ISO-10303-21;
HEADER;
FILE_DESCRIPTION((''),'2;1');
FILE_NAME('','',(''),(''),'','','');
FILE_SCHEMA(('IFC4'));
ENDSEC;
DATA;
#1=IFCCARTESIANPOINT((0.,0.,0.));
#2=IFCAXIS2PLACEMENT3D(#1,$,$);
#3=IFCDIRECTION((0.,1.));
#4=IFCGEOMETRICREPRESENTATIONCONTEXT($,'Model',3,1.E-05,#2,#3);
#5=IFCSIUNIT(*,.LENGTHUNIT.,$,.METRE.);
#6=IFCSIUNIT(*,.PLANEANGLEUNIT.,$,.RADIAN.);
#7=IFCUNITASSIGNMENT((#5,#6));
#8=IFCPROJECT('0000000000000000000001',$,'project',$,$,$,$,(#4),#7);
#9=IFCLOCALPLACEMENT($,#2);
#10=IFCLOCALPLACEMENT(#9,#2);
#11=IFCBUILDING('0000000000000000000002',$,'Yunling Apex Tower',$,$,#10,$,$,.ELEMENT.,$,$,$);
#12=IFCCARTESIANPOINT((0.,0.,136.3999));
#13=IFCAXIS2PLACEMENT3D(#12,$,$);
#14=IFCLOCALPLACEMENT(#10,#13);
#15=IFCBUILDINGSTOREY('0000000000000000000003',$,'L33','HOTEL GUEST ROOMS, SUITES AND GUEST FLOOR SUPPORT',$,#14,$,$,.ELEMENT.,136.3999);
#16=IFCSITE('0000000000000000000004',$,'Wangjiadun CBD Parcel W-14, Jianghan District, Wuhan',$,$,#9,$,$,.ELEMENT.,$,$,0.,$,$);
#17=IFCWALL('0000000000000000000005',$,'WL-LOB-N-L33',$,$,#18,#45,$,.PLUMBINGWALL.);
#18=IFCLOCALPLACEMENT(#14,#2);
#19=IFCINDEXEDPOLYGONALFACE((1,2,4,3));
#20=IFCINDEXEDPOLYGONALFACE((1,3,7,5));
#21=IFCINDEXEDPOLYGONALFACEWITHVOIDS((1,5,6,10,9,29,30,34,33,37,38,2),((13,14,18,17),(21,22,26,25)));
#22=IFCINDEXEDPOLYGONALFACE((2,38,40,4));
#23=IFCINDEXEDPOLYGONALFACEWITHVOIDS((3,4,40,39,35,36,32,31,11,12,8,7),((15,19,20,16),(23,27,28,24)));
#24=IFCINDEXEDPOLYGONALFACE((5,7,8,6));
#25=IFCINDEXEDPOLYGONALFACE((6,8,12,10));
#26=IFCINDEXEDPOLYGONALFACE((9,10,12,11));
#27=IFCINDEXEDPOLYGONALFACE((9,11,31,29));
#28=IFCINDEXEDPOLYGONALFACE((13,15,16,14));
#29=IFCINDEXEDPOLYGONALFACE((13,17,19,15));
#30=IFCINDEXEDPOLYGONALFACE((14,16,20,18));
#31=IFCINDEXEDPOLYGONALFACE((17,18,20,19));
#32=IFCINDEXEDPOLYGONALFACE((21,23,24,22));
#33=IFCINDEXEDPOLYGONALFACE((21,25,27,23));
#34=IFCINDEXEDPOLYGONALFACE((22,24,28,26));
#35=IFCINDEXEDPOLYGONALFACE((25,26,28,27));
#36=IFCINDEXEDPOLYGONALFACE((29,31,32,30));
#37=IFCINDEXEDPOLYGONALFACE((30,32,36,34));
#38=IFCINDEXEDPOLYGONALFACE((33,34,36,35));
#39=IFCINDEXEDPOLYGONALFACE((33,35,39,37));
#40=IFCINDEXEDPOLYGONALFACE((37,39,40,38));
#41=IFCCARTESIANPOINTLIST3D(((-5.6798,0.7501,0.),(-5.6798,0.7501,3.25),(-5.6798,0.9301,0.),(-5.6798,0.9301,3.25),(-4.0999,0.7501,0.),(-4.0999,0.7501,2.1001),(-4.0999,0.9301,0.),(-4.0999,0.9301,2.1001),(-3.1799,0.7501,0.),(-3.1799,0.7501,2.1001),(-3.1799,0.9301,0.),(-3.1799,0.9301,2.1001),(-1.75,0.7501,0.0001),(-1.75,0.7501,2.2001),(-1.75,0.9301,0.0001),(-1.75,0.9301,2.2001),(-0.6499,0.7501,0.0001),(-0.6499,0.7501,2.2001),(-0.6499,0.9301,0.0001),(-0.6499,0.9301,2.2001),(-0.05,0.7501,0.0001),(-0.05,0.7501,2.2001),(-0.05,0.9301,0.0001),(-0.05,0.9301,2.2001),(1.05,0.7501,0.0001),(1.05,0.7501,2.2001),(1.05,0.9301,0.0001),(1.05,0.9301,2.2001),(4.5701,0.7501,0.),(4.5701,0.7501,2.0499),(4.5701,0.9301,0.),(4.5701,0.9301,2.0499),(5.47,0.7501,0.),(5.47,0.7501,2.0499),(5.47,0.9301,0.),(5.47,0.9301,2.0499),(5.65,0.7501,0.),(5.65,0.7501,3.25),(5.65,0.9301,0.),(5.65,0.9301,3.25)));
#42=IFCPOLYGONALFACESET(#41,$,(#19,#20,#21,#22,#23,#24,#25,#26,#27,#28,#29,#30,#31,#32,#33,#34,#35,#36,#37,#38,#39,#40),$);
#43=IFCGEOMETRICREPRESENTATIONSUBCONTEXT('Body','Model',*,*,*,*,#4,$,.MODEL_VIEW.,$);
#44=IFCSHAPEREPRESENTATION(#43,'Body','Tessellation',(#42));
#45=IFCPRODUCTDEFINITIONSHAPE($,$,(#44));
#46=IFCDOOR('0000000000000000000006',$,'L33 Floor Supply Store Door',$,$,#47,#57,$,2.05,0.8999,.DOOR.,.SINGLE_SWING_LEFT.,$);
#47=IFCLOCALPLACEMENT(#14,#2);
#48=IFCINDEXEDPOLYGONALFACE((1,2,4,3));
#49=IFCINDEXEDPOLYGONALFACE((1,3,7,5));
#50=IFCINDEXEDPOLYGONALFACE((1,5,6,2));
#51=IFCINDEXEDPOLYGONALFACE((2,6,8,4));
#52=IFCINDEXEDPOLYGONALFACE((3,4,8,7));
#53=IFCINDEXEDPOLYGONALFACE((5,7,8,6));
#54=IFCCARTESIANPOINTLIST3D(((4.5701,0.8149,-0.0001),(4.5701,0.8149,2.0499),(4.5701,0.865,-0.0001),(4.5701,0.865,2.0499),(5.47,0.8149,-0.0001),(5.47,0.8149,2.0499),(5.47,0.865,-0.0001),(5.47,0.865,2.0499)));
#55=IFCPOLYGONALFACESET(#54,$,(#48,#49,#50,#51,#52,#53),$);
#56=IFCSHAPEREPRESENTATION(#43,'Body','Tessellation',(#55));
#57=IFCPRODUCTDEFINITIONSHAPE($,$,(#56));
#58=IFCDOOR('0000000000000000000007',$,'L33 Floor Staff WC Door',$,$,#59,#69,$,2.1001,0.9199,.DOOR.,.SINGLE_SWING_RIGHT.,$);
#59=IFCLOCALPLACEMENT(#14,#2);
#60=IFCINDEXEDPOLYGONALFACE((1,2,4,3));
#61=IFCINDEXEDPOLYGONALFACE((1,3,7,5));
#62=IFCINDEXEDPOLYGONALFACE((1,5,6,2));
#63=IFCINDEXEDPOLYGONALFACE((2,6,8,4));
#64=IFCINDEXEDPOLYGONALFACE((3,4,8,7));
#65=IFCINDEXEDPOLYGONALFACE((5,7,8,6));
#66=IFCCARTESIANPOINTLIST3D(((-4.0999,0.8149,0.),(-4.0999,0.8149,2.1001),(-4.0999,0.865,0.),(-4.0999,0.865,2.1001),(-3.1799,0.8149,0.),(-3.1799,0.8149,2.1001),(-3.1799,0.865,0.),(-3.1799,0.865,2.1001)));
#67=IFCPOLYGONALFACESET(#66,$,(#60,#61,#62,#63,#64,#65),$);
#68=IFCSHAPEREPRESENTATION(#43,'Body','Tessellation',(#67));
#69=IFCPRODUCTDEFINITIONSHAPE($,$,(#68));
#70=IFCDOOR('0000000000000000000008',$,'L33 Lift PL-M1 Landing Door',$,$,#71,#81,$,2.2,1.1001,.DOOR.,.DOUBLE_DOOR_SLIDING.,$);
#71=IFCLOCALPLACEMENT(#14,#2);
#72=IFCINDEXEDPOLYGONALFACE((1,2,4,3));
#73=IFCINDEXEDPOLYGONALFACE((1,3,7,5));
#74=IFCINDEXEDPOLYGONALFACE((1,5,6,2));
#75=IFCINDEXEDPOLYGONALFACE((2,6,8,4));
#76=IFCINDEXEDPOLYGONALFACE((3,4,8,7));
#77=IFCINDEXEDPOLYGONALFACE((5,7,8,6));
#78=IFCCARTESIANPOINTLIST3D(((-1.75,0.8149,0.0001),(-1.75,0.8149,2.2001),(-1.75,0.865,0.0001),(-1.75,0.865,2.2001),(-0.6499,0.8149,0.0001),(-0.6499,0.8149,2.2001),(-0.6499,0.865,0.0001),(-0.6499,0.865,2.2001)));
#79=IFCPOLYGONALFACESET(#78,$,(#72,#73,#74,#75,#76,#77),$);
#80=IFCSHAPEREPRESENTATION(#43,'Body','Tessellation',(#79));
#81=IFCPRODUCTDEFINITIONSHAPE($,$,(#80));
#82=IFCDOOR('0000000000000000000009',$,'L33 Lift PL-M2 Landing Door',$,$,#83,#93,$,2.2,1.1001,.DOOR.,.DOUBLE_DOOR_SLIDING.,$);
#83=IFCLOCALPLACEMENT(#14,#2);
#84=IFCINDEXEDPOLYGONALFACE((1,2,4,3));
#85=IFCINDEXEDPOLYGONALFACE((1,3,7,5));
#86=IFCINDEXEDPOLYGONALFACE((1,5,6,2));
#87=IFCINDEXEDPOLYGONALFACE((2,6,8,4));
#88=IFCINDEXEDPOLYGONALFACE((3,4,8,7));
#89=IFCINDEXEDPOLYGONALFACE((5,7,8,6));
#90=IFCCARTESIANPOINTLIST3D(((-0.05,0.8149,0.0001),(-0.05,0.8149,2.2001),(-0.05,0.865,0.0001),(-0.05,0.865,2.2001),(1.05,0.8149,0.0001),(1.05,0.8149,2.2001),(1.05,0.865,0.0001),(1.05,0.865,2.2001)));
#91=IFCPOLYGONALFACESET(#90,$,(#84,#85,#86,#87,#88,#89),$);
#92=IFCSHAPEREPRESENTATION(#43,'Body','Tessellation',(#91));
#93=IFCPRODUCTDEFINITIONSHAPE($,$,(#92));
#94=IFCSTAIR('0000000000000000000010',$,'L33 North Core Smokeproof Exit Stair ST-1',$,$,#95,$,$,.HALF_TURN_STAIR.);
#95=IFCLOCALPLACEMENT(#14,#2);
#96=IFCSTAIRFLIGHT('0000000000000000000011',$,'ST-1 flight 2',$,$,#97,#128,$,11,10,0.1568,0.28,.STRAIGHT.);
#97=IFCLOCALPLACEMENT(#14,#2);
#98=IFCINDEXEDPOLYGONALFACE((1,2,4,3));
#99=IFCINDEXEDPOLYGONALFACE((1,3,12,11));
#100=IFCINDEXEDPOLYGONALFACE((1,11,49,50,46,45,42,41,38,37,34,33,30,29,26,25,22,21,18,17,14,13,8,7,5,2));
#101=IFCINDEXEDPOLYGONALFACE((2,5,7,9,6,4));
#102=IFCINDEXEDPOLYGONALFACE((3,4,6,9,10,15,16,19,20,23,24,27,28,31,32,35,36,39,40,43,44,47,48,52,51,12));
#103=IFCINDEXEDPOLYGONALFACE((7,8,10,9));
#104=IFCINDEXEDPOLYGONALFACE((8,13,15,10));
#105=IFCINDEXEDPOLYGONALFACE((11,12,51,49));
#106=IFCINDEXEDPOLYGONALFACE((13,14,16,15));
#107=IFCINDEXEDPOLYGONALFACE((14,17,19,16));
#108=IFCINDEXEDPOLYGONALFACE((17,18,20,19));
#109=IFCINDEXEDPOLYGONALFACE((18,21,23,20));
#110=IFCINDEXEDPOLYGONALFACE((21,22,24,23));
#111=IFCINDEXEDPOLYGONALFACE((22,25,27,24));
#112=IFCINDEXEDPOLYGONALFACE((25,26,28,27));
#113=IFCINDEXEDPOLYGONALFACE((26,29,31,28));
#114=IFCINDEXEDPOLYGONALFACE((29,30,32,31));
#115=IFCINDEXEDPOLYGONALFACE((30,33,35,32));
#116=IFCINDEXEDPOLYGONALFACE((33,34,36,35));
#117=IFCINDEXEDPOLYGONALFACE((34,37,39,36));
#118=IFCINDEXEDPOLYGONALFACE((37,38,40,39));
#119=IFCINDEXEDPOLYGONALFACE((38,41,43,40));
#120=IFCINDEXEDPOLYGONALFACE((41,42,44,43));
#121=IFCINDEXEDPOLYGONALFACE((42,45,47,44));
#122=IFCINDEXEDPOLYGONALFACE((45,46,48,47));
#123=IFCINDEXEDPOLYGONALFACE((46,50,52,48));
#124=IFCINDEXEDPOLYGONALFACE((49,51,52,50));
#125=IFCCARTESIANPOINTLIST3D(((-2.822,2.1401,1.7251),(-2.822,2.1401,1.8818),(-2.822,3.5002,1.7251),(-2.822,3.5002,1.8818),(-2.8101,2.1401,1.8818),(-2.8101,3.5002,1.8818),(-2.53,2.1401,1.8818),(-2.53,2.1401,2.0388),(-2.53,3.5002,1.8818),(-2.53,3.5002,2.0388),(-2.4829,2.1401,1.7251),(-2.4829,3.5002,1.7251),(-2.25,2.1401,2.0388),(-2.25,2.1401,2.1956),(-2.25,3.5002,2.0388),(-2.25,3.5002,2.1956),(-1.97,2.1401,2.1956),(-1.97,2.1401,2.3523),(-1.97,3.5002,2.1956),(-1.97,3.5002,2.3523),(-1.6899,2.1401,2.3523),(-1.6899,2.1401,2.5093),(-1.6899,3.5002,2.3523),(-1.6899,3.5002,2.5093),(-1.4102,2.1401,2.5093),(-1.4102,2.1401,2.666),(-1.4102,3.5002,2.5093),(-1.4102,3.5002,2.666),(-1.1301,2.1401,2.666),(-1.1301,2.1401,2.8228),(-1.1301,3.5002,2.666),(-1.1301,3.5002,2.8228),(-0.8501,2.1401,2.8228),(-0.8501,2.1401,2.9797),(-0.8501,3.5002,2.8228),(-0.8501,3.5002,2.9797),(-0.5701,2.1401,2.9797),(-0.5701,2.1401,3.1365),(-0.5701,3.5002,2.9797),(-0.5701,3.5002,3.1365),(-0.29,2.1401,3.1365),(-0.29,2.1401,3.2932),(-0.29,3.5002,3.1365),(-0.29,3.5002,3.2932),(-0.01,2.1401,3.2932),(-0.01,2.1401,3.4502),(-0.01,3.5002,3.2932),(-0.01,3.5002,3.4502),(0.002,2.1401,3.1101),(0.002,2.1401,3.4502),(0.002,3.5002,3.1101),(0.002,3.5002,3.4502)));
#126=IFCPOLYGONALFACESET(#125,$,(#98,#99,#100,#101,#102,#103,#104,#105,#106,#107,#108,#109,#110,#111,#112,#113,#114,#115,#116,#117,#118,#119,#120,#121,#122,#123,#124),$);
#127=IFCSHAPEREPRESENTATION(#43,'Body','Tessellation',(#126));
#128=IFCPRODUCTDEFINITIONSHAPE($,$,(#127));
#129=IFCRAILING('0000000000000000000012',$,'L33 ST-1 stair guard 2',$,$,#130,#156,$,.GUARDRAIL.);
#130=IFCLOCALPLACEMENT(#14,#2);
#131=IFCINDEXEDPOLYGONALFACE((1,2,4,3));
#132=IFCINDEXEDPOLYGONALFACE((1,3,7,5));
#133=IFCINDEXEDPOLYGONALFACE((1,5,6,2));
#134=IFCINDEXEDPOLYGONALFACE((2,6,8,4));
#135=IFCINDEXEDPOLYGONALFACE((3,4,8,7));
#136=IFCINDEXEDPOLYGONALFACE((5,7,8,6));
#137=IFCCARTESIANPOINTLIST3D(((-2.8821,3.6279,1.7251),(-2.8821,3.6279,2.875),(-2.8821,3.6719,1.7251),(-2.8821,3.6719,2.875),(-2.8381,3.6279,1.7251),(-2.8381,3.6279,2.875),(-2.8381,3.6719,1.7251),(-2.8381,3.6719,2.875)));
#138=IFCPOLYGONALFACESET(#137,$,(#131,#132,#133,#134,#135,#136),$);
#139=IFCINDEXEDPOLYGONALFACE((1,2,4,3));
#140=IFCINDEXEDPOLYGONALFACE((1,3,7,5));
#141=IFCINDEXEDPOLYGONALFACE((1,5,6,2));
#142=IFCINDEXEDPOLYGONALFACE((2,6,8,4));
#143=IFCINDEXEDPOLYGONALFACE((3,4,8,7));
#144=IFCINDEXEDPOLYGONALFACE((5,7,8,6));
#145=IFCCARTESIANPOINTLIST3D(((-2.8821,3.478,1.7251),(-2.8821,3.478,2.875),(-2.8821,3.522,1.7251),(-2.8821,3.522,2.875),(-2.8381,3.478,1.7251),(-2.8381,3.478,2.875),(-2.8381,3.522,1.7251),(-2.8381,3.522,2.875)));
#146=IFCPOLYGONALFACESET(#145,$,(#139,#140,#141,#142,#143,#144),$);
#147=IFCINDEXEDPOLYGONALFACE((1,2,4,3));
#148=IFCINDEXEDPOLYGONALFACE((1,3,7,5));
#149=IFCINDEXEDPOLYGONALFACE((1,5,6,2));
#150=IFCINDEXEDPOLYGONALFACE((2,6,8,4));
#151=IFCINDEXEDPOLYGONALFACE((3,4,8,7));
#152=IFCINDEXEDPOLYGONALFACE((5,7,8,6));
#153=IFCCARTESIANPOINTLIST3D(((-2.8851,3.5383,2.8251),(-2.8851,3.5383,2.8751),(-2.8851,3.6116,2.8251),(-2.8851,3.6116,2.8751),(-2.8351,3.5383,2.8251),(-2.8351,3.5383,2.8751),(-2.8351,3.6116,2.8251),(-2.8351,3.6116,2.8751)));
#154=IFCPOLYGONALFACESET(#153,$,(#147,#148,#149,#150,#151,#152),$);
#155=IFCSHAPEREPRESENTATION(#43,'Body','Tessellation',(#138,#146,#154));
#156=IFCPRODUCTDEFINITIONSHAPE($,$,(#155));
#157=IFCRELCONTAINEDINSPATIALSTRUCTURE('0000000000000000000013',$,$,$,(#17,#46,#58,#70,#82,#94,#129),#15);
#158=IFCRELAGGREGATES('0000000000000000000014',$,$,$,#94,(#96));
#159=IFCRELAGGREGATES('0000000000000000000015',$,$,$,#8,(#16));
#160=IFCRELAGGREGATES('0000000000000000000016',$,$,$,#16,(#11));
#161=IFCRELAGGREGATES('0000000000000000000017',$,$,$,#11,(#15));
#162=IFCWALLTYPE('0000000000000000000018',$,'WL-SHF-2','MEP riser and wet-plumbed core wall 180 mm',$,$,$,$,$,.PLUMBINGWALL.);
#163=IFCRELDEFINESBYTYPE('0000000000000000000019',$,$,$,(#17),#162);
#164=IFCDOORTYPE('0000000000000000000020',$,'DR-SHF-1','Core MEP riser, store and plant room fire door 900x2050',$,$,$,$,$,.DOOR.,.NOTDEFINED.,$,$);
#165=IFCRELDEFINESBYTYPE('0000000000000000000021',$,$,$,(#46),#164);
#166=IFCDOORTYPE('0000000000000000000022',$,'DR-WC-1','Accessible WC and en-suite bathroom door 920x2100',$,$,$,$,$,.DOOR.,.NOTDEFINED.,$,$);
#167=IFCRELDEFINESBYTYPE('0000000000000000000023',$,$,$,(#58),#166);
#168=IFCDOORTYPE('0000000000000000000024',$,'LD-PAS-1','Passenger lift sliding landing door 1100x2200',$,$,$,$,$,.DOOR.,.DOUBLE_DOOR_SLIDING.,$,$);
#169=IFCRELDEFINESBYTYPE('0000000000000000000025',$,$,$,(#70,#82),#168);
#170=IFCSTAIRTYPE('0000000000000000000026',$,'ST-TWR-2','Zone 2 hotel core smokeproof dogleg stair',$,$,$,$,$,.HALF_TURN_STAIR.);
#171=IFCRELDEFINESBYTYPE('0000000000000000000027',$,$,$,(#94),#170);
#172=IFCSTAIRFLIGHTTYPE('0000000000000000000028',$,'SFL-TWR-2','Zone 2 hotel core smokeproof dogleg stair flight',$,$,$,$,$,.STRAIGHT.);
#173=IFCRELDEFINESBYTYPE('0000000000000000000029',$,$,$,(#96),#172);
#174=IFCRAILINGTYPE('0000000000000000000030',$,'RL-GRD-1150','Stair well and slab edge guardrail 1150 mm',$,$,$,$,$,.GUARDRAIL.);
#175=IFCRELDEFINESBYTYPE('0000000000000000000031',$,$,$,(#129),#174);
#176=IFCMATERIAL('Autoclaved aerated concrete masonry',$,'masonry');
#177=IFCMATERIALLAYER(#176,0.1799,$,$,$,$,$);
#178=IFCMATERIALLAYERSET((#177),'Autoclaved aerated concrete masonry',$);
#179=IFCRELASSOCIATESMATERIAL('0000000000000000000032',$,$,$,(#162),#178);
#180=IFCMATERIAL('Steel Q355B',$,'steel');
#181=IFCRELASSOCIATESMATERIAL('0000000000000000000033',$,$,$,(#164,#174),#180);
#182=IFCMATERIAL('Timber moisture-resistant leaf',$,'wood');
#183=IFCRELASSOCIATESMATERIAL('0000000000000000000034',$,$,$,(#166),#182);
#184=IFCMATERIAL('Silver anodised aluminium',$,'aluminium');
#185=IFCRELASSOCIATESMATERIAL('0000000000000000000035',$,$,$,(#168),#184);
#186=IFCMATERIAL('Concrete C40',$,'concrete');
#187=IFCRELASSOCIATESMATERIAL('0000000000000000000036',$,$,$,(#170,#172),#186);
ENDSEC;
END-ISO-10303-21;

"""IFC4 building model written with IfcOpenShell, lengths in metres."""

from ifc_helpers import new_model, si_unit, direction, frame, frame_2d, origin, origin_2d, place, context, subcontext, project, spatial, polyline, rectangle, outline, extrude, material, layer, layer_set, type_object, element, fill, aggregate, save


model = new_model("IFC4")

# Units and contexts
model_context = context("Model", 3, precision=1e-05, world=origin(), true_north=direction((0.0, 1.0)))
body_context = subcontext(model_context, "Body", "Model", "MODEL_VIEW")
ifc_project = project(units=[si_unit("LENGTHUNIT", "METRE"), si_unit("PLANEANGLEUNIT", "RADIAN")], contexts=[model_context])

# Site, building, storey
site_placement = place(None, origin())
site = spatial("IfcSite", under=ifc_project, at=site_placement, Name="Wangjiadun CBD Parcel W-14, Jianghan District, Wuhan", CompositionType="ELEMENT", RefElevation=0.0)
building_placement = place(site_placement, origin())
building = spatial("IfcBuilding", under=site, at=building_placement, Name="Yunling Apex Tower", CompositionType="ELEMENT")
storey_placement = place(building_placement, frame((0.0, 0.0, 136.3999)))
storey = spatial("IfcBuildingStorey", under=building, at=storey_placement, Name="L33", Description="HOTEL GUEST ROOMS, SUITES AND GUEST FLOOR SUPPORT", CompositionType="ELEMENT", Elevation=136.3999)

# Shared definitions
ifc_material_1 = material(Name="Steel Q355B", Category="steel")

# Shared definitions
ifc_material_2 = material(Name="Concrete C40", Category="concrete")
ifc_material_3 = material(Name="Autoclaved aerated concrete masonry", Category="masonry")
ifc_layer_1 = layer(ifc_material_3, 0.1799)
ifc_layer_set_1 = layer_set([ifc_layer_1], Name="Autoclaved aerated concrete masonry")
wall_type_1 = type_object("IfcWallType", Name="WL-SHF-2", Description="MEP riser and wet-plumbed core wall 180 mm", PredefinedType="PLUMBINGWALL", material=ifc_layer_set_1)

# Wall, openings, doors
wall_1_placement = place(storey_placement, frame((-5.6799, 0.8401, 0.0), z_axis=(0.0, 0.0, 1.0), x_axis=(1.0, 0.0, 0.0)))
wall_1 = element("IfcWall", 1, at=wall_1_placement, inside=storey, type_object=wall_type_1, Name="WL-LOB-N-L33", PredefinedType="PLUMBINGWALL", context=body_context, shape_type="SweptSolid", body=[
    extrude(rectangle(XDim=11.3298, YDim=0.1799, at=frame_2d((5.665, 0.0))), origin(), (0.0, 0.0, 1.0), 3.25),
])
opening_1_placement = place(wall_1_placement, frame((1.5801, 0.0, 0.0)))
opening_1 = element("IfcOpeningElement", 2, at=opening_1_placement, cuts=wall_1, PredefinedType="OPENING", context=body_context, shape_type="SweptSolid", body=[
    extrude(rectangle(XDim=0.9199, YDim=2.1001, at=frame_2d((0.46, 1.05))), frame((0.0, 0.1001, 0.0), z_axis=(0.0, -1.0, 0.0), x_axis=(1.0, 0.0, 0.0)), (0.0, 0.0, 1.0), 0.2),
])
opening_2_placement = place(wall_1_placement, frame((3.9299, 0.0, 0.0)))
opening_2 = element("IfcOpeningElement", 3, at=opening_2_placement, cuts=wall_1, PredefinedType="OPENING", context=body_context, shape_type="SweptSolid", body=[
    extrude(rectangle(XDim=1.1001, YDim=2.2, at=frame_2d((0.55, 1.1001))), frame((0.0, 0.1001, 0.0), z_axis=(0.0, -1.0, 0.0), x_axis=(1.0, 0.0, 0.0)), (0.0, 0.0, 1.0), 0.2),
])
opening_3_placement = place(wall_1_placement, frame((5.6299, 0.0, 0.0)))
opening_3 = element("IfcOpeningElement", 4, at=opening_3_placement, cuts=wall_1, PredefinedType="OPENING", context=body_context, shape_type="SweptSolid", body=[
    extrude(rectangle(XDim=1.1001, YDim=2.2, at=frame_2d((0.55, 1.1001))), frame((0.0, 0.1001, 0.0), z_axis=(0.0, -1.0, 0.0), x_axis=(1.0, 0.0, 0.0)), (0.0, 0.0, 1.0), 0.2),
])
opening_4_placement = place(wall_1_placement, frame((10.25, 0.0, 0.0)))
opening_4 = element("IfcOpeningElement", 5, at=opening_4_placement, cuts=wall_1, PredefinedType="OPENING", context=body_context, shape_type="SweptSolid", body=[
    extrude(rectangle(XDim=0.8999, YDim=2.05, at=frame_2d((0.45, 1.0249))), frame((0.0, 0.1001, 0.0), z_axis=(0.0, -1.0, 0.0), x_axis=(1.0, 0.0, 0.0)), (0.0, 0.0, 1.0), 0.2),
])
door_type_1 = type_object("IfcDoorType", Name="DR-SHF-1", Description="Core MEP riser, store and plant room fire door 900x2050", OperationType="NOTDEFINED", PredefinedType="DOOR", material=ifc_material_1)
door_1_placement = place(opening_4_placement, origin())
door_1 = element("IfcDoor", 6, at=door_1_placement, inside=storey, type_object=door_type_1, Name="L33 Floor Supply Store Door", OperationType="SINGLE_SWING_LEFT", OverallHeight=2.05, OverallWidth=0.8999, PredefinedType="DOOR", context=body_context, shape_type="SweptSolid", body=[
    extrude(rectangle(XDim=0.8999, YDim=2.05, at=frame_2d((0.45, 1.0249))), frame((0.0, 0.0249, 0.0), z_axis=(0.0, -1.0, 0.0), x_axis=(1.0, 0.0, 0.0)), (0.0, 0.0, 1.0), 0.05),
])
fill(opening_4, door_1)
ifc_material_4 = material(Name="Timber moisture-resistant leaf", Category="wood")
door_type_2 = type_object("IfcDoorType", Name="DR-WC-1", Description="Accessible WC and en-suite bathroom door 920x2100", OperationType="NOTDEFINED", PredefinedType="DOOR", material=ifc_material_4)
door_2_placement = place(opening_1_placement, origin())
door_2 = element("IfcDoor", 7, at=door_2_placement, inside=storey, type_object=door_type_2, Name="L33 Floor Staff WC Door", OperationType="SINGLE_SWING_RIGHT", OverallHeight=2.1001, OverallWidth=0.9199, PredefinedType="DOOR", context=body_context, shape_type="SweptSolid", body=[
    extrude(rectangle(XDim=0.9199, YDim=2.1001, at=frame_2d((0.46, 1.05))), frame((0.0, 0.0249, 0.0), z_axis=(0.0, -1.0, 0.0), x_axis=(1.0, 0.0, 0.0)), (0.0, 0.0, 1.0), 0.05),
])
fill(opening_1, door_2)
ifc_material_5 = material(Name="Silver anodised aluminium", Category="aluminium")
door_type_3 = type_object("IfcDoorType", Name="LD-PAS-1", Description="Passenger lift sliding landing door 1100x2200", OperationType="DOUBLE_DOOR_SLIDING", PredefinedType="DOOR", material=ifc_material_5)
door_3_placement = place(opening_2_placement, origin())
door_3 = element("IfcDoor", 8, at=door_3_placement, inside=storey, type_object=door_type_3, Name="L33 Lift PL-M1 Landing Door", OperationType="DOUBLE_DOOR_SLIDING", OverallHeight=2.2, OverallWidth=1.1001, PredefinedType="DOOR", context=body_context, shape_type="SweptSolid", body=[
    extrude(rectangle(XDim=1.1001, YDim=2.2, at=frame_2d((0.55, 1.1001))), frame((0.0, 0.0249, 0.0), z_axis=(0.0, -1.0, 0.0), x_axis=(1.0, 0.0, 0.0)), (0.0, 0.0, 1.0), 0.05),
])
fill(opening_2, door_3)
door_4_placement = place(opening_3_placement, origin())
door_4 = element("IfcDoor", 9, at=door_4_placement, inside=storey, type_object=door_type_3, Name="L33 Lift PL-M2 Landing Door", OperationType="DOUBLE_DOOR_SLIDING", OverallHeight=2.2, OverallWidth=1.1001, PredefinedType="DOOR", context=body_context, shape_type="SweptSolid", body=[
    extrude(rectangle(XDim=1.1001, YDim=2.2, at=frame_2d((0.55, 1.1001))), frame((0.0, 0.0249, 0.0), z_axis=(0.0, -1.0, 0.0), x_axis=(1.0, 0.0, 0.0)), (0.0, 0.0, 1.0), 0.05),
])
fill(opening_3, door_4)

# Stair, stair flight
stair_type = type_object("IfcStairType", Name="ST-TWR-2", Description="Zone 2 hotel core smokeproof dogleg stair", PredefinedType="HALF_TURN_STAIR", material=ifc_material_2)
stair_placement = place(storey_placement, origin())
stair = element("IfcStair", 10, at=stair_placement, inside=storey, type_object=stair_type, Name="L33 North Core Smokeproof Exit Stair ST-1", PredefinedType="HALF_TURN_STAIR")
stair_flight_type = type_object("IfcStairFlightType", Name="SFL-TWR-2", Description="Zone 2 hotel core smokeproof dogleg stair flight", PredefinedType="STRAIGHT", material=ifc_material_2)
stair_flight_placement = place(storey_placement, frame((-2.8101, 2.8201, 1.7251), z_axis=(0.0, 0.0, 1.0), x_axis=(1.0, 0.0, 0.0)))
stair_flight = element("IfcStairFlight", 11, at=stair_flight_placement, type_object=stair_flight_type, Name="ST-1 flight 2", NumberOfRisers=11, NumberOfTreads=10, PredefinedType="STRAIGHT", RiserHeight=0.1568, TreadLength=0.28, context=body_context, shape_type="SweptSolid", body=[
    extrude(outline(polyline([(-0.012, 0.0), (-0.012, 0.1567), (0.0, 0.1567), (0.28, 0.1567), (0.28, 0.3137), (0.5601, 0.3137), (0.5601, 0.4705), (0.8401, 0.4705), (0.8401, 0.6272), (1.1201, 0.6272), (1.1201, 0.7842), (1.3999, 0.7842), (1.3999, 0.9409), (1.6799, 0.9409), (1.6799, 1.0977), (1.96, 1.0977), (1.96, 1.2546), (2.24, 1.2546), (2.24, 1.4114), (2.52, 1.4114), (2.52, 1.5681), (2.8, 1.5681), (2.8, 1.7251), (2.812, 1.7251), (2.812, 1.385), (0.3271, 0.0), (-0.012, 0.0)])), frame((0.0, 0.6802, 0.0), z_axis=(0.0, -1.0, 0.0), x_axis=(1.0, 0.0, 0.0)), (0.0, 0.0, 1.0), 1.3601),
])
aggregate(stair, [stair_flight])

# Railing
railing_type_1 = type_object("IfcRailingType", Name="RL-GRD-1150", Description="Stair well and slab edge guardrail 1150 mm", PredefinedType="GUARDRAIL", material=ifc_material_1)
railing_1_placement = place(storey_placement, frame((-2.8601, 3.6499, 1.7251)))
element("IfcRailing", 12, at=railing_1_placement, inside=storey, type_object=railing_type_1, Name="L33 ST-1 stair guard 2", PredefinedType="GUARDRAIL", context=body_context, shape_type="SweptSolid", body=[
    extrude(rectangle(XDim=0.0439, YDim=0.0439, at=origin_2d()), origin(), (0.0, 0.0, 1.0), 1.1499),
    extrude(rectangle(XDim=0.0439, YDim=0.0439, at=origin_2d()), frame((0.0, -0.1499, 0.0)), (0.0, 0.0, 1.0), 1.1499),
    extrude(rectangle(XDim=0.05, YDim=0.05, at=origin_2d()), frame((0.0, -0.0383, 1.125), z_axis=(0.0, -1.0, 0.0), x_axis=(1.0, 0.0, 0.0)), (0.0, 0.0, 1.0), 0.0732),
])

save(model, "model.ifc")
